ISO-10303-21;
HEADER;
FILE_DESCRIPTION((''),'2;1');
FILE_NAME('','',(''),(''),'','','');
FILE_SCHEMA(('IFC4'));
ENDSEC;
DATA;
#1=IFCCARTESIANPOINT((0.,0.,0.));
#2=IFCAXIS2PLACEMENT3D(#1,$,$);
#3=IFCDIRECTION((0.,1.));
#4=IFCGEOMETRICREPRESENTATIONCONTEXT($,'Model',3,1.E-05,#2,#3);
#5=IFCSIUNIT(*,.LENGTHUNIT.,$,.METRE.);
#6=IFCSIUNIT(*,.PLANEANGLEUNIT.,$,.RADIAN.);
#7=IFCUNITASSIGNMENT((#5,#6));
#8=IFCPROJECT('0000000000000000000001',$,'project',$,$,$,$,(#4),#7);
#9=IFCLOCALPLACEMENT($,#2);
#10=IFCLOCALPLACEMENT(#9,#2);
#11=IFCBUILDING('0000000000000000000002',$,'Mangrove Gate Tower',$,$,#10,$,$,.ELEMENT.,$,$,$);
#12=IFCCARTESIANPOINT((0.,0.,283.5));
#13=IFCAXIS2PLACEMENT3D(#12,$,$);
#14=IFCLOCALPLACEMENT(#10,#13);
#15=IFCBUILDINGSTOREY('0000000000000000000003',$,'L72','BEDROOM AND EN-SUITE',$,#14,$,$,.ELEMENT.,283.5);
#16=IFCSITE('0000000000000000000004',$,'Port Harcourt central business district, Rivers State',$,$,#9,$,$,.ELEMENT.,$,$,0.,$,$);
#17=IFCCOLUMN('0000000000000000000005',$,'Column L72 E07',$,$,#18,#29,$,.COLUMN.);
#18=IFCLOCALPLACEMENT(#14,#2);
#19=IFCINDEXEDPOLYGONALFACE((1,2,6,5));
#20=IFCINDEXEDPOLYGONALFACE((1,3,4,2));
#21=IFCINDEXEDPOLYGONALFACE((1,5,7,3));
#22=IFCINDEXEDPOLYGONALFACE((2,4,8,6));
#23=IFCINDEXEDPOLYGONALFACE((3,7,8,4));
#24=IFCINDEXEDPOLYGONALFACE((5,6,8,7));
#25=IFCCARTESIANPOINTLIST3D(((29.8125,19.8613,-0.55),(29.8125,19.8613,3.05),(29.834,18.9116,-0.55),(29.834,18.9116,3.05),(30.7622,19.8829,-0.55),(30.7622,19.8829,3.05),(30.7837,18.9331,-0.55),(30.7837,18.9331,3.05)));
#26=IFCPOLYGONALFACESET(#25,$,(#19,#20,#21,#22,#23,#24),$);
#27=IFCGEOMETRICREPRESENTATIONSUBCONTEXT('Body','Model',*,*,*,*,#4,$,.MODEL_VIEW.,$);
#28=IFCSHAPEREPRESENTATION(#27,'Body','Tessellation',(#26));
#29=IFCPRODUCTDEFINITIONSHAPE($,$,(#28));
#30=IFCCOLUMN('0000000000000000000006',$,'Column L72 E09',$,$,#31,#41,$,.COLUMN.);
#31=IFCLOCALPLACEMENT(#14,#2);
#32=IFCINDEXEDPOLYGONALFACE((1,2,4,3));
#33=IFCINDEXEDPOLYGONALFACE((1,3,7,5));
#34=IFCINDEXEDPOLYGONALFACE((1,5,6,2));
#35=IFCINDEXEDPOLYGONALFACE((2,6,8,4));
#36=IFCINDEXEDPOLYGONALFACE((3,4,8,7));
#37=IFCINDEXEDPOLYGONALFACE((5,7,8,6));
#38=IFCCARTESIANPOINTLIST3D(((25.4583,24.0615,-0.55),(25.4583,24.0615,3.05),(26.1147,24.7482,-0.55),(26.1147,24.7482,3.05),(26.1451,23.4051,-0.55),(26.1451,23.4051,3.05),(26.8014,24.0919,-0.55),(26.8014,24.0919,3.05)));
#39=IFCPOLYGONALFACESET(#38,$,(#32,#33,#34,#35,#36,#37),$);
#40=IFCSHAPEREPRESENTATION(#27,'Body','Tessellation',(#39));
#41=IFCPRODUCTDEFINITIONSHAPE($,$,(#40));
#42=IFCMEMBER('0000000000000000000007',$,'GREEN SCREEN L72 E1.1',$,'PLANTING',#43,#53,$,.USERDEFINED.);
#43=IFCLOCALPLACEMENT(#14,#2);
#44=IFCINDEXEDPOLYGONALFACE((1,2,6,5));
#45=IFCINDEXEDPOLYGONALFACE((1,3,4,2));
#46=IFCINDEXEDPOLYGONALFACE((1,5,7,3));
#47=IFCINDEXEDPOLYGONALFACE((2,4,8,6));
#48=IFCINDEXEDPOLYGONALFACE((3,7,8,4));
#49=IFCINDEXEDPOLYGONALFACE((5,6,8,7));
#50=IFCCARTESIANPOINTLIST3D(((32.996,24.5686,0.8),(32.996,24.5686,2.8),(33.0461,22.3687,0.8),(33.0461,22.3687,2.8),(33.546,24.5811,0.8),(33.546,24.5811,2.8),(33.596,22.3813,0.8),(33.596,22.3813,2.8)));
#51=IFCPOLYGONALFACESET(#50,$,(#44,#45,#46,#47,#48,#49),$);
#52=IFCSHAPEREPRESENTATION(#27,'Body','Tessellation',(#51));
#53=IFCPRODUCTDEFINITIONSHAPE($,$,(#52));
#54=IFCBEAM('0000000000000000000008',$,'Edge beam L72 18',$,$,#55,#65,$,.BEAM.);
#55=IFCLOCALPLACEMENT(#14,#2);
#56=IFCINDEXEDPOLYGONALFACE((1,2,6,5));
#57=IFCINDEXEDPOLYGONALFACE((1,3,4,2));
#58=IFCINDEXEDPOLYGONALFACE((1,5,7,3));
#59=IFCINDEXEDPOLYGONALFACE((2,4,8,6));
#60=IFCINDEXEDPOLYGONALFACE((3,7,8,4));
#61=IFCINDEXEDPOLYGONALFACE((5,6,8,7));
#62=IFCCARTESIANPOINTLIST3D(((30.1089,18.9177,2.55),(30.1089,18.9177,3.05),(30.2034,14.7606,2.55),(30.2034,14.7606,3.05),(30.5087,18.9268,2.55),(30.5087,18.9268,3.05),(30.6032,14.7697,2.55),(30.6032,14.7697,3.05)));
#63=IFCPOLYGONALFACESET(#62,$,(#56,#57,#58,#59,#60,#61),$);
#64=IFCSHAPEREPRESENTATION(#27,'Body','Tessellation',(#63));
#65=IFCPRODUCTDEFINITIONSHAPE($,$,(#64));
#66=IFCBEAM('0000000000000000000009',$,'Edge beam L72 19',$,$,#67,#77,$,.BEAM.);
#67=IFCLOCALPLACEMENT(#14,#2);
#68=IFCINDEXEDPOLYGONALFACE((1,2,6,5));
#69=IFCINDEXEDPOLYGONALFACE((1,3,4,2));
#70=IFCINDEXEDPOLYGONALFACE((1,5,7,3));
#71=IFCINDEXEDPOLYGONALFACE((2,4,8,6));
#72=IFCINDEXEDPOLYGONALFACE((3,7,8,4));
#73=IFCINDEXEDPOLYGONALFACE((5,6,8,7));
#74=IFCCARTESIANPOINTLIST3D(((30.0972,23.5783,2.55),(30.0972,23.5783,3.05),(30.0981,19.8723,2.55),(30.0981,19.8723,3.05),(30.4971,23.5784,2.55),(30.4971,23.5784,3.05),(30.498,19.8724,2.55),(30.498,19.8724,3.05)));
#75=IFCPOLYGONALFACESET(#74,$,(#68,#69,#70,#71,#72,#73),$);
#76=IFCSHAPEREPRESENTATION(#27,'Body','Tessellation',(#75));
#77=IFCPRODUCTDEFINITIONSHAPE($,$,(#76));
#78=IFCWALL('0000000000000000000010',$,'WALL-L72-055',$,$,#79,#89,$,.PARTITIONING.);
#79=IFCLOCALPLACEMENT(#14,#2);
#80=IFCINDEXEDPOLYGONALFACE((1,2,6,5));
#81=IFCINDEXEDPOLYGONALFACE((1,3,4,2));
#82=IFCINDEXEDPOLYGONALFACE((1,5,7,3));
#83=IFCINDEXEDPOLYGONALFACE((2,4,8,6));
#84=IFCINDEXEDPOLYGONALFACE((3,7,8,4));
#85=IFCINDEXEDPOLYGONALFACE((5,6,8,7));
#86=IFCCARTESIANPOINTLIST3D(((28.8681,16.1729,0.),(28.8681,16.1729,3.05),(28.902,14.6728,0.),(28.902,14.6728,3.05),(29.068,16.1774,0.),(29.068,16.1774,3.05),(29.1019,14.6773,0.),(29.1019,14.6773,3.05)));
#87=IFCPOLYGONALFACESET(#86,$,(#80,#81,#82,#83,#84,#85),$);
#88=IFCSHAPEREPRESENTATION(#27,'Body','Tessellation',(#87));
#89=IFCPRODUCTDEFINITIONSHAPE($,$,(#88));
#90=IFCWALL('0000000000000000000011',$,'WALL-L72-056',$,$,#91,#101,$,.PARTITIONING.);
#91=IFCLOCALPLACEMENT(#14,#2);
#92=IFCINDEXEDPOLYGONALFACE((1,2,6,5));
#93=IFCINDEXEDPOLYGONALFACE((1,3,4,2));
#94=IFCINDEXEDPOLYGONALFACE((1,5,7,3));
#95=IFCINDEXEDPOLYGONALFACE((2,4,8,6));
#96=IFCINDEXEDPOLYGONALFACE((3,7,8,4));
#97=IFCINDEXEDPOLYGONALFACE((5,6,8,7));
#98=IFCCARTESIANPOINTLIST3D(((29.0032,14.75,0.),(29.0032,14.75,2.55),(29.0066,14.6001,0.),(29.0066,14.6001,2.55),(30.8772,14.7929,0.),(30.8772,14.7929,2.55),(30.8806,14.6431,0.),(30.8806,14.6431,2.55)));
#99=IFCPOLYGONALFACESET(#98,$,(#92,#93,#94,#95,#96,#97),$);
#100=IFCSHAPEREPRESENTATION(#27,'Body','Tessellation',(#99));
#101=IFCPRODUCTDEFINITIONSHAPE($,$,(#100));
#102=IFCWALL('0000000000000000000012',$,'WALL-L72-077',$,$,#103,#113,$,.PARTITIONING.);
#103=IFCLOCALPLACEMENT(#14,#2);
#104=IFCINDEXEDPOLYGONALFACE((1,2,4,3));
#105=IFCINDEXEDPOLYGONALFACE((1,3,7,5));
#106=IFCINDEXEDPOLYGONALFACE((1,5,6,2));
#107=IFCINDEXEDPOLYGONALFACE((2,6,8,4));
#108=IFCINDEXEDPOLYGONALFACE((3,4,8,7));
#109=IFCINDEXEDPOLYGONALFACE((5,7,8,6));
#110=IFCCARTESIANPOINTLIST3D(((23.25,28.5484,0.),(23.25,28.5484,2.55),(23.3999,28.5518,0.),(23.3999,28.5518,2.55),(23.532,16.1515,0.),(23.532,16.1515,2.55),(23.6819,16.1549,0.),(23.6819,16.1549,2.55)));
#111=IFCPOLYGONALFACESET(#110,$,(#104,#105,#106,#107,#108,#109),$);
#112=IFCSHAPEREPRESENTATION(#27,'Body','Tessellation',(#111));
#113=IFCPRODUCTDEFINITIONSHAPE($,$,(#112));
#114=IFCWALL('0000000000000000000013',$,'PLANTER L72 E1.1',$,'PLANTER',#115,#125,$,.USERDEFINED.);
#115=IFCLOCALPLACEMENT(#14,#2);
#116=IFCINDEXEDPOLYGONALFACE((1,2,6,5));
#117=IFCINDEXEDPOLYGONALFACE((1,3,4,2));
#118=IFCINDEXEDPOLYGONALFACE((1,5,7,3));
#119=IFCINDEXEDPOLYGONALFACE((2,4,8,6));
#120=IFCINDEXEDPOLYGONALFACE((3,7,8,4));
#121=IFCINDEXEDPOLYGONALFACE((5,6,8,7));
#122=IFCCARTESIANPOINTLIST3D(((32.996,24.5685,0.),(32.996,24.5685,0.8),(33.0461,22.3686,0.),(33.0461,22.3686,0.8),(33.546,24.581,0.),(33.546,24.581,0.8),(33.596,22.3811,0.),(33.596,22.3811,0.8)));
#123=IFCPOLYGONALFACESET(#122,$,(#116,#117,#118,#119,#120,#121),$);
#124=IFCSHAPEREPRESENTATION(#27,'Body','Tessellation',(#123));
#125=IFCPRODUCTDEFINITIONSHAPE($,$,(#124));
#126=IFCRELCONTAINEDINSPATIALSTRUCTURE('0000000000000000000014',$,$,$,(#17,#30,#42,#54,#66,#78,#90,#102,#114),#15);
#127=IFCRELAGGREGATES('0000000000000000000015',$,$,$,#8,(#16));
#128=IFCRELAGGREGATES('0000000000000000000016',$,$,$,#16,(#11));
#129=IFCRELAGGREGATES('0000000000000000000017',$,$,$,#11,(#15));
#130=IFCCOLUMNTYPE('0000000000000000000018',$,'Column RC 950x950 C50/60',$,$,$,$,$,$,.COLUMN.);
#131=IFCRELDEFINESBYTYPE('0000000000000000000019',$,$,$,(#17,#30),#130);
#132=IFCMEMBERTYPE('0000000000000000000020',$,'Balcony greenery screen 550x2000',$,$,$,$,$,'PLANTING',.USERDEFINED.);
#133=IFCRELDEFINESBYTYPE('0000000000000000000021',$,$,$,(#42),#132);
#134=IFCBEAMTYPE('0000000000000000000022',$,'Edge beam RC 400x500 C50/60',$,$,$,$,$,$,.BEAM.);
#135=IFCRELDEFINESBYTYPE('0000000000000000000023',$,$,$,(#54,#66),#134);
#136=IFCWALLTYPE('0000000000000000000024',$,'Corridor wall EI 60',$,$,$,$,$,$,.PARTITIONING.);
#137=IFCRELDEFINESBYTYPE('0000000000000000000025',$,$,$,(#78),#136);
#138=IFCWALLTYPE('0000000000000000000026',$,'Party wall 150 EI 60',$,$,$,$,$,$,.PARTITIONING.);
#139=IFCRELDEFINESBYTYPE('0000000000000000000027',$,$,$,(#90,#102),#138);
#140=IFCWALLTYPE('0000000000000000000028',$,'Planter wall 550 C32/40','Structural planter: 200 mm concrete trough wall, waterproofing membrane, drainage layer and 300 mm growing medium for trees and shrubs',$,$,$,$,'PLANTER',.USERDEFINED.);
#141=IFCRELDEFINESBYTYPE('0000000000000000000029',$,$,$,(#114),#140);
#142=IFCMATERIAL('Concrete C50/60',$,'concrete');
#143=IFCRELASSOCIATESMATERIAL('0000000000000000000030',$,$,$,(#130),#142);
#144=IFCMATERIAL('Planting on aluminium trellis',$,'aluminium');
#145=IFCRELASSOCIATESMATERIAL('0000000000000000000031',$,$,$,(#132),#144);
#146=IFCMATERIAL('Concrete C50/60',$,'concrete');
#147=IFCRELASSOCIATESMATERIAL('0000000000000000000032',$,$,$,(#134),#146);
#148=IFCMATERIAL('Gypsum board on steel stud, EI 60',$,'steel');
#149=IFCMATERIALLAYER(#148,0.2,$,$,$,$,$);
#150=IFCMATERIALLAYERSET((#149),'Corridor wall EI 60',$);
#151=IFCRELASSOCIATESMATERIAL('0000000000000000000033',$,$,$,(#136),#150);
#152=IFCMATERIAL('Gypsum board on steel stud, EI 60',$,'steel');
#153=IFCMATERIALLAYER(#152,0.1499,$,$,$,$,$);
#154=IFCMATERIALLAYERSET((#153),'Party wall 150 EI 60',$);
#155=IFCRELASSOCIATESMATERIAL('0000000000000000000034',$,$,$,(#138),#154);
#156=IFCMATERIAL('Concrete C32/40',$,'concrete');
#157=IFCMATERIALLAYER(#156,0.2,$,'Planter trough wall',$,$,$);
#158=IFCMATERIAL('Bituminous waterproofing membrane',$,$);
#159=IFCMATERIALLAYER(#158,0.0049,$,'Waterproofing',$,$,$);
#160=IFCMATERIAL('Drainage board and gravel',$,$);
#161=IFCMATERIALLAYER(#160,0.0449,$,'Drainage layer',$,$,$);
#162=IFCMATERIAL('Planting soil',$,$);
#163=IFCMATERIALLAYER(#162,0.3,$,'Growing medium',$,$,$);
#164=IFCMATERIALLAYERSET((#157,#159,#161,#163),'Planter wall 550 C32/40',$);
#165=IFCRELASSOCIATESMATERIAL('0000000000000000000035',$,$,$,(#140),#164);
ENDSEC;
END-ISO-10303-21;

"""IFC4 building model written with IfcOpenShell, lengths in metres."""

from ifc_helpers import new_model, si_unit, direction, frame, frame_2d, origin, origin_2d, place, context, subcontext, project, spatial, rectangle, extrude, material, layer, layer_set, material_profile, profile_set, type_object, element, save


model = new_model("IFC4")

# Units and contexts
model_context = context("Model", 3, precision=1e-05, world=origin(), true_north=direction((0.0, 1.0)))
body_context = subcontext(model_context, "Body", "Model", "MODEL_VIEW")
ifc_project = project(units=[si_unit("LENGTHUNIT", "METRE"), si_unit("PLANEANGLEUNIT", "RADIAN")], contexts=[model_context])

# Site, building, storey
site_placement = place(None, origin())
site = spatial("IfcSite", under=ifc_project, at=site_placement, Name="Port Harcourt central business district, Rivers State", CompositionType="ELEMENT", RefElevation=0.0)
building_placement = place(site_placement, origin())
building = spatial("IfcBuilding", under=site, at=building_placement, Name="Mangrove Gate Tower", CompositionType="ELEMENT")
storey_placement = place(building_placement, frame((0.0, 0.0, 283.5)))
storey = spatial("IfcBuildingStorey", under=building, at=storey_placement, Name="L72", Description="BEDROOM AND EN-SUITE", CompositionType="ELEMENT", Elevation=283.5)

# Columns
ifc_material_1 = material(Name="Concrete C50/60", Category="concrete")
ifc_material_profile_1 = material_profile(ifc_material_1, rectangle(XDim=0.95, YDim=0.95, at=origin_2d()))
ifc_profile_set_1 = profile_set([ifc_material_profile_1], Name="Concrete C50/60")
column_type = type_object("IfcColumnType", Name="Column RC 950x950 C50/60", PredefinedType="COLUMN", material=ifc_profile_set_1)
for number, where, z_axis, x_axis, name in (
    (1, (30.2981, 19.3972, -0.55), (0.0, 0.0, 1.0), (-0.022708, 0.999742, 0.0), "Column L72 E07"),
    (2, (26.1299, 24.0767, -0.55), (0.0, 0.0, 1.0), (-0.72292, 0.690932, 0.0), "Column L72 E09"),
):
    element("IfcColumn", number, at=place(storey_placement, frame(where, z_axis=z_axis, x_axis=x_axis)), inside=storey, type_object=column_type, Name=name, PredefinedType="COLUMN", context=body_context, shape_type="SweptSolid", body=[
        extrude(rectangle(XDim=0.95, YDim=0.95, at=origin_2d()), origin(), (0.0, 0.0, 1.0), 3.6001),
    ])

# Member
ifc_material_2 = material(Name="Planting on aluminium trellis", Category="aluminium")
ifc_material_profile_2 = material_profile(ifc_material_2, rectangle(XDim=0.55, YDim=2.0, at=origin_2d()))
ifc_profile_set_2 = profile_set([ifc_material_profile_2], Name="Planting on aluminium trellis")
member_type = type_object("IfcMemberType", Name="Balcony greenery screen 550x2000", ElementType="PLANTING", PredefinedType="USERDEFINED", material=ifc_profile_set_2)
member_placement = place(storey_placement, frame((33.321, 22.375, 1.8), z_axis=(-0.022744, 0.999741, 0.0), x_axis=(-0.999741, -0.022744, 0.0)))
element("IfcMember", 3, at=member_placement, inside=storey, type_object=member_type, Name="GREEN SCREEN L72 E1.1", ObjectType="PLANTING", PredefinedType="USERDEFINED", context=body_context, shape_type="SweptSolid", body=[
    extrude(rectangle(XDim=0.55, YDim=2.0, at=origin_2d()), origin(), (0.0, 0.0, 1.0), 2.2004),
])

# Beams
ifc_material_3 = material(Name="Concrete C50/60", Category="concrete")
ifc_material_profile_3 = material_profile(ifc_material_3, rectangle(XDim=0.3999, YDim=0.5, at=origin_2d()))
ifc_profile_set_3 = profile_set([ifc_material_profile_3], Name="Concrete C50/60")
beam_type = type_object("IfcBeamType", Name="Edge beam RC 400x500 C50/60", PredefinedType="BEAM", material=ifc_profile_set_3)
beam_1_placement = place(storey_placement, frame((30.4033, 14.7651, 2.8), z_axis=(-0.022721, 0.999742, 0.0), x_axis=(-0.999742, -0.022721, 0.0)))
element("IfcBeam", 4, at=beam_1_placement, inside=storey, type_object=beam_type, Name="Edge beam L72 18", PredefinedType="BEAM", context=body_context, shape_type="SweptSolid", body=[
    extrude(rectangle(XDim=0.3999, YDim=0.5, at=origin_2d()), origin(), (0.0, 0.0, 1.0), 4.1582),
])
beam_2_placement = place(storey_placement, frame((30.2981, 19.8723, 2.8), z_axis=(-0.000264, 1.0, 0.0), x_axis=(-1.0, -0.000264, 0.0)))
element("IfcBeam", 5, at=beam_2_placement, inside=storey, type_object=beam_type, Name="Edge beam L72 19", PredefinedType="BEAM", context=body_context, shape_type="SweptSolid", body=[
    extrude(rectangle(XDim=0.3999, YDim=0.5, at=origin_2d()), origin(), (0.0, 0.0, 1.0), 3.7061),
])

# Walls
ifc_material_4 = material(Name="Gypsum board on steel stud, EI 60", Category="steel")
ifc_layer_1 = layer(ifc_material_4, 0.2)
ifc_layer_set_1 = layer_set([ifc_layer_1], Name="Corridor wall EI 60")
wall_type_1 = type_object("IfcWallType", Name="Corridor wall EI 60", PredefinedType="PARTITIONING", material=ifc_layer_set_1)
wall_1_placement = place(storey_placement, frame((29.002, 14.675, 0.0), z_axis=(0.0, 0.0, 1.0), x_axis=(-0.022618, 0.999744, 0.0)))
element("IfcWall", 6, at=wall_1_placement, inside=storey, type_object=wall_type_1, Name="WALL-L72-055", PredefinedType="PARTITIONING", context=body_context, shape_type="SweptSolid", body=[
    extrude(rectangle(XDim=1.5005, YDim=0.2, at=frame_2d((0.7502, 0.0))), origin(), (0.0, 0.0, 1.0), 3.05),
])
ifc_material_5 = material(Name="Gypsum board on steel stud, EI 60", Category="steel")
ifc_layer_2 = layer(ifc_material_5, 0.1499)
ifc_layer_set_2 = layer_set([ifc_layer_2], Name="Party wall 150 EI 60")
wall_type_2 = type_object("IfcWallType", Name="Party wall 150 EI 60", PredefinedType="PARTITIONING", material=ifc_layer_set_2)
wall_2_placement = place(storey_placement, frame((29.0049, 14.675, 0.0), z_axis=(0.0, 0.0, 1.0), x_axis=(0.999737, 0.022923, 0.0)))
element("IfcWall", 7, at=wall_2_placement, inside=storey, type_object=wall_type_2, Name="WALL-L72-056", PredefinedType="PARTITIONING", context=body_context, shape_type="SweptSolid", body=[
    extrude(rectangle(XDim=1.8745, YDim=0.1499, at=frame_2d((0.9373, 0.0))), origin(), (0.0, 0.0, 1.0), 2.55),
])
wall_3_placement = place(storey_placement, frame((23.6069, 16.1531, 0.0), z_axis=(0.0, 0.0, 1.0), x_axis=(-0.02274, 0.999741, 0.0)))
element("IfcWall", 8, at=wall_3_placement, inside=storey, type_object=wall_type_2, Name="WALL-L72-077", PredefinedType="PARTITIONING", context=body_context, shape_type="SweptSolid", body=[
    extrude(rectangle(XDim=12.4001, YDim=0.1499, at=frame_2d((6.2002, 0.0))), origin(), (0.0, 0.0, 1.0), 2.55),
])
ifc_material_6 = material(Name="Concrete C32/40", Category="concrete")
ifc_layer_3 = layer(ifc_material_6, 0.2, Name="Planter trough wall")
ifc_material_7 = material(Name="Bituminous waterproofing membrane")
ifc_layer_4 = layer(ifc_material_7, 0.0049, Name="Waterproofing")
ifc_material_8 = material(Name="Drainage board and gravel")
ifc_layer_5 = layer(ifc_material_8, 0.0449, Name="Drainage layer")
ifc_material_9 = material(Name="Planting soil")
ifc_layer_6 = layer(ifc_material_9, 0.3, Name="Growing medium")
ifc_layer_set_3 = layer_set([ifc_layer_3, ifc_layer_4, ifc_layer_5, ifc_layer_6], Name="Planter wall 550 C32/40")
wall_type_3 = type_object("IfcWallType", Name="Planter wall 550 C32/40", Description="Structural planter: 200 mm concrete trough wall, waterproofing membrane, drainage layer and 300 mm growing medium for trees and shrubs", ElementType="PLANTER", PredefinedType="USERDEFINED", material=ifc_layer_set_3)
wall_4_placement = place(storey_placement, frame((33.321, 22.375, 0.0), z_axis=(0.0, 0.0, 1.0), x_axis=(-0.022744, 0.999741, 0.0)))
element("IfcWall", 9, at=wall_4_placement, inside=storey, type_object=wall_type_3, Name="PLANTER L72 E1.1", ObjectType="PLANTER", PredefinedType="USERDEFINED", context=body_context, shape_type="SweptSolid", body=[
    extrude(rectangle(XDim=2.2004, YDim=0.55, at=frame_2d((1.1001, 0.0))), origin(), (0.0, 0.0, 1.0), 0.8),
])

save(model, "model.ifc")
